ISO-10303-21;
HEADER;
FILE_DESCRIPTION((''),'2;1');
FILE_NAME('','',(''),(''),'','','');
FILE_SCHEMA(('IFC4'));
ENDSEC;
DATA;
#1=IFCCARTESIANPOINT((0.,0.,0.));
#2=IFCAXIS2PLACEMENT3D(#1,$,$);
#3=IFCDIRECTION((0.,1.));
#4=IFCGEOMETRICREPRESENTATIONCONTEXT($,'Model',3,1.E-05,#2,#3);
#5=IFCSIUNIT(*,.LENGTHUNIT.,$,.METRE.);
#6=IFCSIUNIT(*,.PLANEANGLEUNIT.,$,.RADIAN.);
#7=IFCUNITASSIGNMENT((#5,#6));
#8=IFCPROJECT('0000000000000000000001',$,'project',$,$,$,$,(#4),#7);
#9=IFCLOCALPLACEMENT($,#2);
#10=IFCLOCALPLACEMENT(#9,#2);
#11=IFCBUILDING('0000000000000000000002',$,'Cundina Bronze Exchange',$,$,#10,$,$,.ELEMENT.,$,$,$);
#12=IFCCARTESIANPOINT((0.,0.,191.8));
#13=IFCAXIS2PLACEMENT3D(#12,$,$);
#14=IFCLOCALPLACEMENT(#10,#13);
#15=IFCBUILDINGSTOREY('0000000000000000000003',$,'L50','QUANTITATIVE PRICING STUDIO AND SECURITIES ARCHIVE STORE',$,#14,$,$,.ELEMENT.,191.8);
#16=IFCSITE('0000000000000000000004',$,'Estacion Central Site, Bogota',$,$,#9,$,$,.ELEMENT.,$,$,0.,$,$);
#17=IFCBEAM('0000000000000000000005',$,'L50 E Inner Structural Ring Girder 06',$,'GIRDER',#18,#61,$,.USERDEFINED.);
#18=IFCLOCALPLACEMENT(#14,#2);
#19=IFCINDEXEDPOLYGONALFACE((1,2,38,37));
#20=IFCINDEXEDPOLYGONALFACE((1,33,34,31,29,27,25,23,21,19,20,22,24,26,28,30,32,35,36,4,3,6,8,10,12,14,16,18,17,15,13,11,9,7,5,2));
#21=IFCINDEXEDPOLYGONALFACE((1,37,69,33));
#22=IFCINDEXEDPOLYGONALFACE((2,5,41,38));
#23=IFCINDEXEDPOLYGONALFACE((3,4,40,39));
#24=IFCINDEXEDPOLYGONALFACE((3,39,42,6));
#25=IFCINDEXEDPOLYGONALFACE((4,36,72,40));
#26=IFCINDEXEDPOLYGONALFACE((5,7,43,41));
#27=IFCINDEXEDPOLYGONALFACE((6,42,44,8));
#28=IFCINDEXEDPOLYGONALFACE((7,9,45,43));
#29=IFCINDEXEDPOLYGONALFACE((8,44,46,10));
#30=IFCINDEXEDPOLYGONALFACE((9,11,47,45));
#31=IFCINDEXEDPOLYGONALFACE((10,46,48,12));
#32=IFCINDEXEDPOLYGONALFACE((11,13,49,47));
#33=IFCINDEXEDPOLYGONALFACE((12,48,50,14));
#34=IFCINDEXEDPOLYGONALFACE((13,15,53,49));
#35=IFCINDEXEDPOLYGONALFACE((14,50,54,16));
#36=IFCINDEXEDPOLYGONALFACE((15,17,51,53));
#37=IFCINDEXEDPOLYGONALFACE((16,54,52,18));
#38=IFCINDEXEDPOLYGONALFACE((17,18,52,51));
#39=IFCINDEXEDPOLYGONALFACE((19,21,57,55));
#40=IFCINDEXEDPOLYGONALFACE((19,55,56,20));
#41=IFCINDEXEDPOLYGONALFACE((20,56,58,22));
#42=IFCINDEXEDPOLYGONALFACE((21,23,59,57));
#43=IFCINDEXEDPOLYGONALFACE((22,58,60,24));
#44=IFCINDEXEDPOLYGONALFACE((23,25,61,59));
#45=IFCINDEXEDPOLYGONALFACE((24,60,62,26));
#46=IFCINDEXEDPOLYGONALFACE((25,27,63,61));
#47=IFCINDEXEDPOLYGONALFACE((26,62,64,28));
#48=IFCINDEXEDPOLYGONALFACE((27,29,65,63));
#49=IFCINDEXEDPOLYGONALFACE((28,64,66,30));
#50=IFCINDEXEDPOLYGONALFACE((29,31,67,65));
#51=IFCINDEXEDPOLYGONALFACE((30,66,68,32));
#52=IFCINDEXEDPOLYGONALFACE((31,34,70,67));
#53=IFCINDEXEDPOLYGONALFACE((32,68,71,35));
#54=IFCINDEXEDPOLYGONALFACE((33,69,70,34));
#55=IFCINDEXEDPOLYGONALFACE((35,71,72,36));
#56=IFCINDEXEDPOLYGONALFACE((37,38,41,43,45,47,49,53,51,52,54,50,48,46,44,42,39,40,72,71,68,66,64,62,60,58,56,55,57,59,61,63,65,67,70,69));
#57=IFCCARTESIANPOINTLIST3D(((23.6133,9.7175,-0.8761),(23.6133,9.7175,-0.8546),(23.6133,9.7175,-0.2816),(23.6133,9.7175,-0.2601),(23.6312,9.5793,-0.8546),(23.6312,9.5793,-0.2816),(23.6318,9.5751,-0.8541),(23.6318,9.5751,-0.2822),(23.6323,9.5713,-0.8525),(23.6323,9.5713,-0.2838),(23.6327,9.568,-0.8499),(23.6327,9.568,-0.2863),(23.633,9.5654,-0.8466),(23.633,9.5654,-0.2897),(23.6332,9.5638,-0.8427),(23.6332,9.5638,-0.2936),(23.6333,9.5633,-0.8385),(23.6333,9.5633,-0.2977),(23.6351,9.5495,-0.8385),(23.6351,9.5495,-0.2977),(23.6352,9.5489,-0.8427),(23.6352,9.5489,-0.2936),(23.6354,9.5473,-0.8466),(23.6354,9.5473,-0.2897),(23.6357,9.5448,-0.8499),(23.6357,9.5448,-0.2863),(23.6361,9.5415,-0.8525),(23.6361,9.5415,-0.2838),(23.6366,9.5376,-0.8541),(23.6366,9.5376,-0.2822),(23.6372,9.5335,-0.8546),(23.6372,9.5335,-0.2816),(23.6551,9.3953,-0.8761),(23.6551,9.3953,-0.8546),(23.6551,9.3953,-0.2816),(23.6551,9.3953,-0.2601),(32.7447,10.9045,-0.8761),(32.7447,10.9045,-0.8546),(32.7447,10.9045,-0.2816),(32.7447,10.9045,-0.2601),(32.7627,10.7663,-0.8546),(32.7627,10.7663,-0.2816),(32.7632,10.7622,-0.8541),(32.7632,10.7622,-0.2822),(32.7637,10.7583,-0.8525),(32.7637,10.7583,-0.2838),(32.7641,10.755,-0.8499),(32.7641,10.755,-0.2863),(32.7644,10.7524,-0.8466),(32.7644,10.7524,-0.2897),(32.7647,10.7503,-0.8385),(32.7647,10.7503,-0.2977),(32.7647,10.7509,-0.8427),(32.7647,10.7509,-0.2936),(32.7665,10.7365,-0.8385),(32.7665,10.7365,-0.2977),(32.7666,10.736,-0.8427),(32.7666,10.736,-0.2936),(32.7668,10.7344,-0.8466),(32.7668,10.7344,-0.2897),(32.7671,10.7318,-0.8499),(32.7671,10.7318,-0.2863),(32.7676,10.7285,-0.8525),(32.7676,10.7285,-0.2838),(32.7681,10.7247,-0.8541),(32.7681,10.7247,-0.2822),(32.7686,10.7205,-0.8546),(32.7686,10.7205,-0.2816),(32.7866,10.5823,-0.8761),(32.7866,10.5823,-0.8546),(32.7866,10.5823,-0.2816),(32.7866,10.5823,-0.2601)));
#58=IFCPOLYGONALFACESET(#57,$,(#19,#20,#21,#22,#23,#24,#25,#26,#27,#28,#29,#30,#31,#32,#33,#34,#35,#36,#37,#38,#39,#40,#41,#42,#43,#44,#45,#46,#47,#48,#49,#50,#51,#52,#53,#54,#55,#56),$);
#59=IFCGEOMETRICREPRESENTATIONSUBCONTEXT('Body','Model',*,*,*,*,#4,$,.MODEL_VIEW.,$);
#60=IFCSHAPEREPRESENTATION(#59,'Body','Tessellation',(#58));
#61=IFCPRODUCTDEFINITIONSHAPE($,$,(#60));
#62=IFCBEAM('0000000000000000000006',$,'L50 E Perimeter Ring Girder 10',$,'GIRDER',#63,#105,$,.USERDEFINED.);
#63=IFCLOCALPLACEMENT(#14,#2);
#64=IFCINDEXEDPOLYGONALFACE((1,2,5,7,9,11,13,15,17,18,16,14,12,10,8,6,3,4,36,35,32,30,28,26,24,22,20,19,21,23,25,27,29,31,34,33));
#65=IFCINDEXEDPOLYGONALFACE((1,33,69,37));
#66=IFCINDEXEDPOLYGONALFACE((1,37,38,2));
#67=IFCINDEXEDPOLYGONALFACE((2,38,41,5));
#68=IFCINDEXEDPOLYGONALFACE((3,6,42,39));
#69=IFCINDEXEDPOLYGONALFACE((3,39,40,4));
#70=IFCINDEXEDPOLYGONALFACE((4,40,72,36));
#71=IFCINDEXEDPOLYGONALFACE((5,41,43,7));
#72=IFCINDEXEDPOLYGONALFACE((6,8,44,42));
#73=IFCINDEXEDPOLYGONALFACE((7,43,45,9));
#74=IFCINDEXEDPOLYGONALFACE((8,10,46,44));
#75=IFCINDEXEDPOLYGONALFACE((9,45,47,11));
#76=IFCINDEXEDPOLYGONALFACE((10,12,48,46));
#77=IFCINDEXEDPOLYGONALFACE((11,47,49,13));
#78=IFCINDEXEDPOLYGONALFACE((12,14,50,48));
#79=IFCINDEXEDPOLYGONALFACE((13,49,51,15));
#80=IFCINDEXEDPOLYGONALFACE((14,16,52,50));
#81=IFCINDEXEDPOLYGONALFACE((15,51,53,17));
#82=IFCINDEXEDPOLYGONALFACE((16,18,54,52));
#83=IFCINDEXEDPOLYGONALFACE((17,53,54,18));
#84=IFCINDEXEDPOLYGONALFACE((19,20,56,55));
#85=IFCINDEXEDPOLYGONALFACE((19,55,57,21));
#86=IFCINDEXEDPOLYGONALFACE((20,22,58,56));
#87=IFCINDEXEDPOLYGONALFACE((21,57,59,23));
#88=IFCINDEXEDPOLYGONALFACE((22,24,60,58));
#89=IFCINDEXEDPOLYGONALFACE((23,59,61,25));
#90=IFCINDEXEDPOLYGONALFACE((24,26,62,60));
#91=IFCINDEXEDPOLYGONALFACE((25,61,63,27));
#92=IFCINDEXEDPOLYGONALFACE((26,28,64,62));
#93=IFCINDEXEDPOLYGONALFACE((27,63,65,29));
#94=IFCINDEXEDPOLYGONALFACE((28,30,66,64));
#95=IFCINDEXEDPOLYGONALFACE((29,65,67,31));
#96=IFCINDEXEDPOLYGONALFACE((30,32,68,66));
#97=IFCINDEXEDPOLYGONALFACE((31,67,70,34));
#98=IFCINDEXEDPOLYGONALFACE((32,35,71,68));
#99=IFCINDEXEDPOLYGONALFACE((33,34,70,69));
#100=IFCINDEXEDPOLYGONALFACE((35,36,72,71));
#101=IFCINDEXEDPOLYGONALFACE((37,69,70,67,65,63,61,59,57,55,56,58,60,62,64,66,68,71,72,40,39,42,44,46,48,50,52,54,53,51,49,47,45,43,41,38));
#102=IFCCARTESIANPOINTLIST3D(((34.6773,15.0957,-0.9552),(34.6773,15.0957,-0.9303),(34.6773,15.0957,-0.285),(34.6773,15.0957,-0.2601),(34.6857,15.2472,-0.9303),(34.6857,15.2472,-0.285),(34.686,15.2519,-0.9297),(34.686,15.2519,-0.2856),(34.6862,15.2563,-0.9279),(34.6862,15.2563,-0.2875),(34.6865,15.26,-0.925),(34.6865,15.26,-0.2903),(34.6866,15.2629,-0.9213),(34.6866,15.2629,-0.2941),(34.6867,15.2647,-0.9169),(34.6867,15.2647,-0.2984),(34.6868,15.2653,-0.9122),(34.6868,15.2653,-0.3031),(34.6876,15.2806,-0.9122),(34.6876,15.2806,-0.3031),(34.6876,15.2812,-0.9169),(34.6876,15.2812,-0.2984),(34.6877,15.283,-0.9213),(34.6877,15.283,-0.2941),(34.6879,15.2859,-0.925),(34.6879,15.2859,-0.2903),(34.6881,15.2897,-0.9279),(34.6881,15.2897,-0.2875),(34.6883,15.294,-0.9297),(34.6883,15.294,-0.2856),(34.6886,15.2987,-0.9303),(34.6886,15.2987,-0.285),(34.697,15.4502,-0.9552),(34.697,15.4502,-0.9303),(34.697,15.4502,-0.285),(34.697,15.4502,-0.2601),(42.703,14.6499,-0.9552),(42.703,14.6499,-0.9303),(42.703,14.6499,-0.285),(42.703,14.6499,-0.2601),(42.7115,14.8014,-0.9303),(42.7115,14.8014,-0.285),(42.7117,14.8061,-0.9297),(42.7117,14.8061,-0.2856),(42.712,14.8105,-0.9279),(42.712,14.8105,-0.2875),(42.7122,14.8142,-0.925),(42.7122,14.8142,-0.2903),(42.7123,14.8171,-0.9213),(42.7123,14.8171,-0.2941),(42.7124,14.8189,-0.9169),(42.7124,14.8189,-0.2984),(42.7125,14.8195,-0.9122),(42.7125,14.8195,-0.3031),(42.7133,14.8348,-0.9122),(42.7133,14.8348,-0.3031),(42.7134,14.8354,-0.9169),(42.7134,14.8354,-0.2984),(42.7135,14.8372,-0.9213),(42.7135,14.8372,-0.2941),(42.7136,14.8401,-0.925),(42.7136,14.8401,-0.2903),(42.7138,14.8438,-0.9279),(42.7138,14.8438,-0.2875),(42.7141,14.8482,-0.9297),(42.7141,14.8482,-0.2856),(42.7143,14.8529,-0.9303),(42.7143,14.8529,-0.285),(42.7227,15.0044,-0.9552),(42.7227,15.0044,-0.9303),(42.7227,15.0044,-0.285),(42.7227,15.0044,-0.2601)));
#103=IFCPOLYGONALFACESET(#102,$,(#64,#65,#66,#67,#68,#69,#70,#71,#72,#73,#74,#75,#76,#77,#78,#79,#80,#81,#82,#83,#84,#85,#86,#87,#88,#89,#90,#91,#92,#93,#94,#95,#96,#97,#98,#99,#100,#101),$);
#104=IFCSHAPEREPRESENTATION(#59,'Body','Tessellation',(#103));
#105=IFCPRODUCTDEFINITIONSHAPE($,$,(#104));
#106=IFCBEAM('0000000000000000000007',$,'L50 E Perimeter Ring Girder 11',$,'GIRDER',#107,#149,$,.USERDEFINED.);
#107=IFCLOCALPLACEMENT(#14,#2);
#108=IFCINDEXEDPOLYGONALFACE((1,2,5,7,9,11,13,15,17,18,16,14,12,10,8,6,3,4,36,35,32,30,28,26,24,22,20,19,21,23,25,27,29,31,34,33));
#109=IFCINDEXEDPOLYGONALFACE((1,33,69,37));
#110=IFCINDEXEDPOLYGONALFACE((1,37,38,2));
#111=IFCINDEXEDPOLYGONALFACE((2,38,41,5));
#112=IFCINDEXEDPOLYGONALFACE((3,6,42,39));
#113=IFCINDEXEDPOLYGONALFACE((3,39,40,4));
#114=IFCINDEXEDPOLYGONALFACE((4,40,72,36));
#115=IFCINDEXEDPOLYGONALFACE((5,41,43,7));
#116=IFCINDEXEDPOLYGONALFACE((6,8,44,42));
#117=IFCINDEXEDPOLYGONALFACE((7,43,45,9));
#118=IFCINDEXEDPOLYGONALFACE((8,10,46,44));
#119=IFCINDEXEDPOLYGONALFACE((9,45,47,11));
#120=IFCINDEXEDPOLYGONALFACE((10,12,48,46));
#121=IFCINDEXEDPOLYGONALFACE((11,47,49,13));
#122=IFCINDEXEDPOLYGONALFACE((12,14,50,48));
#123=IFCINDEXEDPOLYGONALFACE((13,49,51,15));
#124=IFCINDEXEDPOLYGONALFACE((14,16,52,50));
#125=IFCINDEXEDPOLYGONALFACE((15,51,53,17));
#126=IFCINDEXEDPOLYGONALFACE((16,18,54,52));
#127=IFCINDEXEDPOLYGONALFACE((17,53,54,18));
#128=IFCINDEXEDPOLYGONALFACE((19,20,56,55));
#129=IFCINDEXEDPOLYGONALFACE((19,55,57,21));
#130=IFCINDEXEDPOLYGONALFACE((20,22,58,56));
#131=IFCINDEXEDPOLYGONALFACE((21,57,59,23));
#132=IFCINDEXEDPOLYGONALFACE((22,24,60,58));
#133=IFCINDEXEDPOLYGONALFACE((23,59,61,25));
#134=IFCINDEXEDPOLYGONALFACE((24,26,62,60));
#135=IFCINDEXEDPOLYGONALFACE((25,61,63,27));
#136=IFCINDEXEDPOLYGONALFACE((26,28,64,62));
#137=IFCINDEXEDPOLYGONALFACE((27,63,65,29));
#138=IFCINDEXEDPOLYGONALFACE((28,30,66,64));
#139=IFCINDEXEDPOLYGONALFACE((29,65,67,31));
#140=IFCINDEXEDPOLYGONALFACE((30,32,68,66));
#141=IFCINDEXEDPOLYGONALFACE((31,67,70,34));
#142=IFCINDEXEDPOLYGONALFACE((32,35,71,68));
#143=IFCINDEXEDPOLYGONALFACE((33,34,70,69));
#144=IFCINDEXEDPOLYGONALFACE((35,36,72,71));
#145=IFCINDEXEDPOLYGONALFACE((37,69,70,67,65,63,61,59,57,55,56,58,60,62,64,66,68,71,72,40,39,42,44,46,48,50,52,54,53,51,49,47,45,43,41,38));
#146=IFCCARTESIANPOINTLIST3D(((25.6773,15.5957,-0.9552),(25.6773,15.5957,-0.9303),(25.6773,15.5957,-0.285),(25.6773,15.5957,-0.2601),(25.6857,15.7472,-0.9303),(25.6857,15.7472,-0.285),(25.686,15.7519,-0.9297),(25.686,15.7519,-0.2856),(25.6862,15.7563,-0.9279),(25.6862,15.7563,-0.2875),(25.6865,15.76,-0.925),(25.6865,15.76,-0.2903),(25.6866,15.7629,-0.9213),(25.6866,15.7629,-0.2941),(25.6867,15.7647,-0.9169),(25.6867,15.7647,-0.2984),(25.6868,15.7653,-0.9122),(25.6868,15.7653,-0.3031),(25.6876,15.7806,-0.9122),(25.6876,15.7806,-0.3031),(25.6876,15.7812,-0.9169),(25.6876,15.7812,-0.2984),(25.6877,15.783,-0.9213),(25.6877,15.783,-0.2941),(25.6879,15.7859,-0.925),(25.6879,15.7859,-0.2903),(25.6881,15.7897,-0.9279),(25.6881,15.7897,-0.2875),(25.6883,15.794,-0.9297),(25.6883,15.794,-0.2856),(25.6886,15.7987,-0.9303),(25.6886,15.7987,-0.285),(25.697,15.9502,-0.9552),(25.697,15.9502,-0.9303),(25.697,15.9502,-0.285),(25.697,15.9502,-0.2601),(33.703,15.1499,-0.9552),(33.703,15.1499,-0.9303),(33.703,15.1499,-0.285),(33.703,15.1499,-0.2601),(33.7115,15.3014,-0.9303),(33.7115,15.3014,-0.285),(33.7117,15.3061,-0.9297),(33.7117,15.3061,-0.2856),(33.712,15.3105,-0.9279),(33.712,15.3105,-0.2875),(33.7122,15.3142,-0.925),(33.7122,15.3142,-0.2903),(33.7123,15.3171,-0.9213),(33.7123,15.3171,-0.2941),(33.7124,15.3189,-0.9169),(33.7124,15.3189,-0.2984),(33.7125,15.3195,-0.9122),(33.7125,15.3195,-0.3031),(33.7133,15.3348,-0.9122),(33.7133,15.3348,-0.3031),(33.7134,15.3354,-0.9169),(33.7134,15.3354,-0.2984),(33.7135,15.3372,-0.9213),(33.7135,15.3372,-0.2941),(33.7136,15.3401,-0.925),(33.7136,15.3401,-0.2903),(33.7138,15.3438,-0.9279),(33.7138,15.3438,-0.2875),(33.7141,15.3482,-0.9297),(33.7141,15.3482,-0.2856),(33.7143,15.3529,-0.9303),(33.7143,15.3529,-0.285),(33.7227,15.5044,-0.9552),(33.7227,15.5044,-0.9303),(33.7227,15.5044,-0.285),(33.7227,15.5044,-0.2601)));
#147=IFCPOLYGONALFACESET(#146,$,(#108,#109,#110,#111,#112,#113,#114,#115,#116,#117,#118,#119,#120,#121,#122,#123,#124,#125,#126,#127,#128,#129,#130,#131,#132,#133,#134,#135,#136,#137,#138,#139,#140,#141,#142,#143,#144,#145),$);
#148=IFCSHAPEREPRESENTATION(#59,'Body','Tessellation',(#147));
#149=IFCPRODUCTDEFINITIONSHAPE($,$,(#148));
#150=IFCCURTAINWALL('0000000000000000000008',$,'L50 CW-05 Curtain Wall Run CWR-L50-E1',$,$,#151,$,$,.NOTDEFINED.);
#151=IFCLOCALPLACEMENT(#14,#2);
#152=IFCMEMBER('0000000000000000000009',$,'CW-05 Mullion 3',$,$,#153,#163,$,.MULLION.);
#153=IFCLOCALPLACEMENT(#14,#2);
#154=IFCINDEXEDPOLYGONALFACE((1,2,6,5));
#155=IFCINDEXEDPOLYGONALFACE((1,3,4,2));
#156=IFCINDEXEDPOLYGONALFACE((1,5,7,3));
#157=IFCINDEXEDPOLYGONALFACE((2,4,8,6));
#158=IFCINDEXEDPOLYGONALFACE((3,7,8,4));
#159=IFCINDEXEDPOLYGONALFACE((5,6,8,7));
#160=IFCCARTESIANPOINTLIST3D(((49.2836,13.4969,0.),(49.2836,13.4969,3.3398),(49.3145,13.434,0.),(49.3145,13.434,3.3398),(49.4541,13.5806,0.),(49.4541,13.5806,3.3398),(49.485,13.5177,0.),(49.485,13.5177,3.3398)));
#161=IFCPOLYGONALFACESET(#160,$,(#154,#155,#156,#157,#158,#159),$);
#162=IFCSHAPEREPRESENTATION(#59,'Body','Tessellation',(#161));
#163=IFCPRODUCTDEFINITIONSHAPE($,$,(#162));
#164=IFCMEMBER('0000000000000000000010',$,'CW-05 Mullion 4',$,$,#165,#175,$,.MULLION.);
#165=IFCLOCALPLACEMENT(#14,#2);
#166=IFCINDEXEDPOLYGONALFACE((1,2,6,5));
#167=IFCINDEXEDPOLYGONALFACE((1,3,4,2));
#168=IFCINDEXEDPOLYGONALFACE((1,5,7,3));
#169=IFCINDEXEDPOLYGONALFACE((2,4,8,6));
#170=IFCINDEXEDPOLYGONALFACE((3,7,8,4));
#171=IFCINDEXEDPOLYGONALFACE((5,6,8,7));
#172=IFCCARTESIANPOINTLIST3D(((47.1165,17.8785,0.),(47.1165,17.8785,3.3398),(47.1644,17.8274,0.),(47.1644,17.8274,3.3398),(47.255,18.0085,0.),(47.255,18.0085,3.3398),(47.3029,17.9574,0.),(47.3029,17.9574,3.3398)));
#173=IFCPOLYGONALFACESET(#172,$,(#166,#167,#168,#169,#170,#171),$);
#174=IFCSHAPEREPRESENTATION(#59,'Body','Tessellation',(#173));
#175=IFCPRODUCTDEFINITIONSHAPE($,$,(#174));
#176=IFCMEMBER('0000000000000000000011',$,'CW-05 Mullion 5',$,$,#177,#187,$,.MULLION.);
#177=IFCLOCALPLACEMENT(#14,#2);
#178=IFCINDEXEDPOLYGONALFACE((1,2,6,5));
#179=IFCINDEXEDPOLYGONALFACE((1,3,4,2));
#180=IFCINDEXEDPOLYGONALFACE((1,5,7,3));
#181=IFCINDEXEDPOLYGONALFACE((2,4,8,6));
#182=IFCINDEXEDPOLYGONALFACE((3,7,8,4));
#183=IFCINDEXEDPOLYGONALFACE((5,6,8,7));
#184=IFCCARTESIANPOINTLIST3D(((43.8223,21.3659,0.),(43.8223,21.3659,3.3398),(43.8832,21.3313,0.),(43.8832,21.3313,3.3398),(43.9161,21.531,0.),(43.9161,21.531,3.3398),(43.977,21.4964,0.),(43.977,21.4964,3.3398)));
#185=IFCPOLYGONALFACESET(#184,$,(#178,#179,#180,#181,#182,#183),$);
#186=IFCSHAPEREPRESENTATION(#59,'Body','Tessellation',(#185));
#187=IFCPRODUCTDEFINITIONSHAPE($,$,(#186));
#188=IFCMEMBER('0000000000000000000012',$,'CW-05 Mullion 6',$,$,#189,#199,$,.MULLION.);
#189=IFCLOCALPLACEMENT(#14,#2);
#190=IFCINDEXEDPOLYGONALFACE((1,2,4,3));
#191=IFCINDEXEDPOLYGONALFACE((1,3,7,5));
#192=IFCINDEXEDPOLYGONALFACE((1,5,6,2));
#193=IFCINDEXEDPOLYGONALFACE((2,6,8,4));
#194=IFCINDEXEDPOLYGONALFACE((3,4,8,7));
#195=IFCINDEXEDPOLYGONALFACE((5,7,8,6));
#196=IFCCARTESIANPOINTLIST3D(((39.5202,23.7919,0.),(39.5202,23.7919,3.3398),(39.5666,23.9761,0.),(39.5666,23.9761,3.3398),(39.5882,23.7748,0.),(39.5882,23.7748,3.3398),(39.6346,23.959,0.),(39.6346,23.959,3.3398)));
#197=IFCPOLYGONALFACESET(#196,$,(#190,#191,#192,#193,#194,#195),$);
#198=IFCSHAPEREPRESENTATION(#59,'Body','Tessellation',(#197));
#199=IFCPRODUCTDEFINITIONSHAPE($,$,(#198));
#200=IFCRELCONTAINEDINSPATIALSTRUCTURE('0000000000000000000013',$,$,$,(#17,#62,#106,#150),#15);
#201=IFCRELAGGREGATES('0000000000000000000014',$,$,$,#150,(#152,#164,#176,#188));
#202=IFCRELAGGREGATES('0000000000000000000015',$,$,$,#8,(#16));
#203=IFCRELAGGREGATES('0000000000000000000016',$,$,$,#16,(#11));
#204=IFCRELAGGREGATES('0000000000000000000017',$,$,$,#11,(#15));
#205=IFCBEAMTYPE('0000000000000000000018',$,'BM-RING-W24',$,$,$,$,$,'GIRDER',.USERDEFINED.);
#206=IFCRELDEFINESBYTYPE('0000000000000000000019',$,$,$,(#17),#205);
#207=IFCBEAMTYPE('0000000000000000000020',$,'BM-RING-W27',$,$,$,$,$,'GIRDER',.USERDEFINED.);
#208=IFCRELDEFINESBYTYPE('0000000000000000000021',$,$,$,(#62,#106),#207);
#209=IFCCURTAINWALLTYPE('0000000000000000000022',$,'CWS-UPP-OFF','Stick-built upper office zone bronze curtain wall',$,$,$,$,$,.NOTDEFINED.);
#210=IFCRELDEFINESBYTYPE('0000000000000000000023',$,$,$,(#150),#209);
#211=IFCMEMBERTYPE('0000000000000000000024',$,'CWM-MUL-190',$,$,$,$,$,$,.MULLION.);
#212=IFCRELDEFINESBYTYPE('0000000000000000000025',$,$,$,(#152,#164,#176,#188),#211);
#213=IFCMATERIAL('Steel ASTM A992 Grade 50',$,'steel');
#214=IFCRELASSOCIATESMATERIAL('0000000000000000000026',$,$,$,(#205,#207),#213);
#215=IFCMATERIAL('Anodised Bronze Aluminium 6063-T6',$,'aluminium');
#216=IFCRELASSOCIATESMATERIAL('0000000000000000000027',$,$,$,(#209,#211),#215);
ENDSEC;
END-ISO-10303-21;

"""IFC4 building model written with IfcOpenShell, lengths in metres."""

from ifc_helpers import new_model, si_unit, direction, frame, origin, origin_2d, place, context, subcontext, project, spatial, rectangle, i_section, extrude, material, material_profile, profile_set, type_object, element, aggregate, save


model = new_model("IFC4")

# Units and contexts
model_context = context("Model", 3, precision=1e-05, world=origin(), true_north=direction((0.0, 1.0)))
body_context = subcontext(model_context, "Body", "Model", "MODEL_VIEW")
ifc_project = project(units=[si_unit("LENGTHUNIT", "METRE"), si_unit("PLANEANGLEUNIT", "RADIAN")], contexts=[model_context])

# Site, building, storey
site_placement = place(None, origin())
site = spatial("IfcSite", under=ifc_project, at=site_placement, Name="Estacion Central Site, Bogota", CompositionType="ELEMENT", RefElevation=0.0)
building_placement = place(site_placement, origin())
building = spatial("IfcBuilding", under=site, at=building_placement, Name="Cundina Bronze Exchange", CompositionType="ELEMENT")
storey_placement = place(building_placement, frame((0.0, 0.0, 191.8)))
storey = spatial("IfcBuildingStorey", under=building, at=storey_placement, Name="L50", Description="QUANTITATIVE PRICING STUDIO AND SECURITIES ARCHIVE STORE", CompositionType="ELEMENT", Elevation=191.8)

# Beams
ifc_material_1 = material(Name="Steel ASTM A992 Grade 50", Category="steel")
ifc_material_profile_1 = material_profile(ifc_material_1, i_section(OverallWidth=0.325, OverallDepth=0.616, WebThickness=0.0139, FlangeThickness=0.0215, FilletRadius=0.0161, at=origin_2d()), Name="W24X117", Category="steel")
ifc_profile_set_1 = profile_set([ifc_material_profile_1], Name="Steel ASTM A992 Grade 50")
beam_type_1 = type_object("IfcBeamType", Name="BM-RING-W24", ElementType="GIRDER", PredefinedType="USERDEFINED", material=ifc_profile_set_1)
beam_1_placement = place(storey_placement, frame((32.7656, 10.7434, -0.5681), z_axis=(-0.991656, -0.128908, 0.0), x_axis=(0.128908, -0.991656, 0.0)))
element("IfcBeam", 1, at=beam_1_placement, inside=storey, type_object=beam_type_1, Name="L50 E Inner Structural Ring Girder 06", ObjectType="GIRDER", PredefinedType="USERDEFINED", context=body_context, shape_type="SweptSolid", body=[
    extrude(i_section(OverallWidth=0.325, OverallDepth=0.616, WebThickness=0.0139, FlangeThickness=0.0215, FilletRadius=0.0161, at=origin_2d()), origin(), (0.0, 0.0, 1.0), 9.2083),
])
ifc_material_profile_2 = material_profile(ifc_material_1, i_section(OverallWidth=0.355, OverallDepth=0.6951, WebThickness=0.0154, FlangeThickness=0.0249, FilletRadius=0.0181, at=origin_2d()), Name="W27X146", Category="steel")
ifc_profile_set_2 = profile_set([ifc_material_profile_2], Name="Steel ASTM A992 Grade 50")
beam_type_2 = type_object("IfcBeamType", Name="BM-RING-W27", ElementType="GIRDER", PredefinedType="USERDEFINED", material=ifc_profile_set_2)
for number, where, z_axis, x_axis, name in (
    (2, (42.7129, 14.8271, -0.6077), (-0.998461, 0.055462, 0.0), (-0.055462, -0.998461, 0.0), "L50 E Perimeter Ring Girder 10"),
    (3, (33.7129, 15.3271, -0.6077), (-0.998461, 0.055462, 0.0), (-0.055462, -0.998461, 0.0), "L50 E Perimeter Ring Girder 11"),
):
    element("IfcBeam", number, at=place(storey_placement, frame(where, z_axis=z_axis, x_axis=x_axis)), inside=storey, type_object=beam_type_2, Name=name, ObjectType="GIRDER", PredefinedType="USERDEFINED", context=body_context, shape_type="SweptSolid", body=[
        extrude(i_section(OverallWidth=0.355, OverallDepth=0.6951, WebThickness=0.0154, FlangeThickness=0.0249, FilletRadius=0.0181, at=origin_2d()), origin(), (0.0, 0.0, 1.0), 8.0381),
    ])

# Curtain wall, members
ifc_material_2 = material(Name="Anodised Bronze Aluminium 6063-T6", Category="aluminium")
curtain_wall_type = type_object("IfcCurtainWallType", Name="CWS-UPP-OFF", Description="Stick-built upper office zone bronze curtain wall", PredefinedType="NOTDEFINED", material=ifc_material_2)
curtain_wall_1_placement = place(storey_placement, origin())
curtain_wall_1 = element("IfcCurtainWall", 4, at=curtain_wall_1_placement, inside=storey, type_object=curtain_wall_type, Name="L50 CW-05 Curtain Wall Run CWR-L50-E1", PredefinedType="NOTDEFINED")
ifc_material_profile_3 = material_profile(ifc_material_2, rectangle(XDim=0.0701, YDim=0.1899, at=origin_2d()), Name="AL70X190", Category="aluminium")
ifc_profile_set_3 = profile_set([ifc_material_profile_3], Name="Anodised Bronze Aluminium 6063-T6")
member_type_1 = type_object("IfcMemberType", Name="CWM-MUL-190", PredefinedType="MULLION", material=ifc_profile_set_3)
member_1_placement = place(storey_placement, frame((49.3843, 13.5073, 0.0), z_axis=(0.0, 0.0, 1.0), x_axis=(-0.440566, 0.89772, 0.0)))
member_1 = element("IfcMember", 5, at=member_1_placement, type_object=member_type_1, Name="CW-05 Mullion 3", PredefinedType="MULLION", context=body_context, shape_type="SweptSolid", body=[
    extrude(rectangle(XDim=0.0701, YDim=0.1899, at=origin_2d()), origin(), (0.0, 0.0, 1.0), 3.3398),
])
member_2_placement = place(storey_placement, frame((47.2097, 17.918, 0.0), z_axis=(0.0, 0.0, 1.0), x_axis=(-0.684293, 0.729208, 0.0)))
member_2 = element("IfcMember", 6, at=member_2_placement, type_object=member_type_1, Name="CW-05 Mullion 4", PredefinedType="MULLION", context=body_context, shape_type="SweptSolid", body=[
    extrude(rectangle(XDim=0.0701, YDim=0.1899, at=origin_2d()), origin(), (0.0, 0.0, 1.0), 3.3398),
])
member_3_placement = place(storey_placement, frame((43.8997, 21.4312, 0.0), z_axis=(0.0, 0.0, 1.0), x_axis=(-0.869581, 0.49379, 0.0)))
member_3 = element("IfcMember", 7, at=member_3_placement, type_object=member_type_1, Name="CW-05 Mullion 5", PredefinedType="MULLION", context=body_context, shape_type="SweptSolid", body=[
    extrude(rectangle(XDim=0.0701, YDim=0.1899, at=origin_2d()), origin(), (0.0, 0.0, 1.0), 3.3398),
])
member_4_placement = place(storey_placement, frame((39.5774, 23.8755, 0.0), z_axis=(0.0, 0.0, 1.0), x_axis=(-0.969744, 0.244123, 0.0)))
member_4 = element("IfcMember", 8, at=member_4_placement, type_object=member_type_1, Name="CW-05 Mullion 6", PredefinedType="MULLION", context=body_context, shape_type="SweptSolid", body=[
    extrude(rectangle(XDim=0.0701, YDim=0.1899, at=origin_2d()), origin(), (0.0, 0.0, 1.0), 3.3398),
])

aggregate(curtain_wall_1, [member_1, member_2, member_3, member_4])

save(model, "model.ifc")
